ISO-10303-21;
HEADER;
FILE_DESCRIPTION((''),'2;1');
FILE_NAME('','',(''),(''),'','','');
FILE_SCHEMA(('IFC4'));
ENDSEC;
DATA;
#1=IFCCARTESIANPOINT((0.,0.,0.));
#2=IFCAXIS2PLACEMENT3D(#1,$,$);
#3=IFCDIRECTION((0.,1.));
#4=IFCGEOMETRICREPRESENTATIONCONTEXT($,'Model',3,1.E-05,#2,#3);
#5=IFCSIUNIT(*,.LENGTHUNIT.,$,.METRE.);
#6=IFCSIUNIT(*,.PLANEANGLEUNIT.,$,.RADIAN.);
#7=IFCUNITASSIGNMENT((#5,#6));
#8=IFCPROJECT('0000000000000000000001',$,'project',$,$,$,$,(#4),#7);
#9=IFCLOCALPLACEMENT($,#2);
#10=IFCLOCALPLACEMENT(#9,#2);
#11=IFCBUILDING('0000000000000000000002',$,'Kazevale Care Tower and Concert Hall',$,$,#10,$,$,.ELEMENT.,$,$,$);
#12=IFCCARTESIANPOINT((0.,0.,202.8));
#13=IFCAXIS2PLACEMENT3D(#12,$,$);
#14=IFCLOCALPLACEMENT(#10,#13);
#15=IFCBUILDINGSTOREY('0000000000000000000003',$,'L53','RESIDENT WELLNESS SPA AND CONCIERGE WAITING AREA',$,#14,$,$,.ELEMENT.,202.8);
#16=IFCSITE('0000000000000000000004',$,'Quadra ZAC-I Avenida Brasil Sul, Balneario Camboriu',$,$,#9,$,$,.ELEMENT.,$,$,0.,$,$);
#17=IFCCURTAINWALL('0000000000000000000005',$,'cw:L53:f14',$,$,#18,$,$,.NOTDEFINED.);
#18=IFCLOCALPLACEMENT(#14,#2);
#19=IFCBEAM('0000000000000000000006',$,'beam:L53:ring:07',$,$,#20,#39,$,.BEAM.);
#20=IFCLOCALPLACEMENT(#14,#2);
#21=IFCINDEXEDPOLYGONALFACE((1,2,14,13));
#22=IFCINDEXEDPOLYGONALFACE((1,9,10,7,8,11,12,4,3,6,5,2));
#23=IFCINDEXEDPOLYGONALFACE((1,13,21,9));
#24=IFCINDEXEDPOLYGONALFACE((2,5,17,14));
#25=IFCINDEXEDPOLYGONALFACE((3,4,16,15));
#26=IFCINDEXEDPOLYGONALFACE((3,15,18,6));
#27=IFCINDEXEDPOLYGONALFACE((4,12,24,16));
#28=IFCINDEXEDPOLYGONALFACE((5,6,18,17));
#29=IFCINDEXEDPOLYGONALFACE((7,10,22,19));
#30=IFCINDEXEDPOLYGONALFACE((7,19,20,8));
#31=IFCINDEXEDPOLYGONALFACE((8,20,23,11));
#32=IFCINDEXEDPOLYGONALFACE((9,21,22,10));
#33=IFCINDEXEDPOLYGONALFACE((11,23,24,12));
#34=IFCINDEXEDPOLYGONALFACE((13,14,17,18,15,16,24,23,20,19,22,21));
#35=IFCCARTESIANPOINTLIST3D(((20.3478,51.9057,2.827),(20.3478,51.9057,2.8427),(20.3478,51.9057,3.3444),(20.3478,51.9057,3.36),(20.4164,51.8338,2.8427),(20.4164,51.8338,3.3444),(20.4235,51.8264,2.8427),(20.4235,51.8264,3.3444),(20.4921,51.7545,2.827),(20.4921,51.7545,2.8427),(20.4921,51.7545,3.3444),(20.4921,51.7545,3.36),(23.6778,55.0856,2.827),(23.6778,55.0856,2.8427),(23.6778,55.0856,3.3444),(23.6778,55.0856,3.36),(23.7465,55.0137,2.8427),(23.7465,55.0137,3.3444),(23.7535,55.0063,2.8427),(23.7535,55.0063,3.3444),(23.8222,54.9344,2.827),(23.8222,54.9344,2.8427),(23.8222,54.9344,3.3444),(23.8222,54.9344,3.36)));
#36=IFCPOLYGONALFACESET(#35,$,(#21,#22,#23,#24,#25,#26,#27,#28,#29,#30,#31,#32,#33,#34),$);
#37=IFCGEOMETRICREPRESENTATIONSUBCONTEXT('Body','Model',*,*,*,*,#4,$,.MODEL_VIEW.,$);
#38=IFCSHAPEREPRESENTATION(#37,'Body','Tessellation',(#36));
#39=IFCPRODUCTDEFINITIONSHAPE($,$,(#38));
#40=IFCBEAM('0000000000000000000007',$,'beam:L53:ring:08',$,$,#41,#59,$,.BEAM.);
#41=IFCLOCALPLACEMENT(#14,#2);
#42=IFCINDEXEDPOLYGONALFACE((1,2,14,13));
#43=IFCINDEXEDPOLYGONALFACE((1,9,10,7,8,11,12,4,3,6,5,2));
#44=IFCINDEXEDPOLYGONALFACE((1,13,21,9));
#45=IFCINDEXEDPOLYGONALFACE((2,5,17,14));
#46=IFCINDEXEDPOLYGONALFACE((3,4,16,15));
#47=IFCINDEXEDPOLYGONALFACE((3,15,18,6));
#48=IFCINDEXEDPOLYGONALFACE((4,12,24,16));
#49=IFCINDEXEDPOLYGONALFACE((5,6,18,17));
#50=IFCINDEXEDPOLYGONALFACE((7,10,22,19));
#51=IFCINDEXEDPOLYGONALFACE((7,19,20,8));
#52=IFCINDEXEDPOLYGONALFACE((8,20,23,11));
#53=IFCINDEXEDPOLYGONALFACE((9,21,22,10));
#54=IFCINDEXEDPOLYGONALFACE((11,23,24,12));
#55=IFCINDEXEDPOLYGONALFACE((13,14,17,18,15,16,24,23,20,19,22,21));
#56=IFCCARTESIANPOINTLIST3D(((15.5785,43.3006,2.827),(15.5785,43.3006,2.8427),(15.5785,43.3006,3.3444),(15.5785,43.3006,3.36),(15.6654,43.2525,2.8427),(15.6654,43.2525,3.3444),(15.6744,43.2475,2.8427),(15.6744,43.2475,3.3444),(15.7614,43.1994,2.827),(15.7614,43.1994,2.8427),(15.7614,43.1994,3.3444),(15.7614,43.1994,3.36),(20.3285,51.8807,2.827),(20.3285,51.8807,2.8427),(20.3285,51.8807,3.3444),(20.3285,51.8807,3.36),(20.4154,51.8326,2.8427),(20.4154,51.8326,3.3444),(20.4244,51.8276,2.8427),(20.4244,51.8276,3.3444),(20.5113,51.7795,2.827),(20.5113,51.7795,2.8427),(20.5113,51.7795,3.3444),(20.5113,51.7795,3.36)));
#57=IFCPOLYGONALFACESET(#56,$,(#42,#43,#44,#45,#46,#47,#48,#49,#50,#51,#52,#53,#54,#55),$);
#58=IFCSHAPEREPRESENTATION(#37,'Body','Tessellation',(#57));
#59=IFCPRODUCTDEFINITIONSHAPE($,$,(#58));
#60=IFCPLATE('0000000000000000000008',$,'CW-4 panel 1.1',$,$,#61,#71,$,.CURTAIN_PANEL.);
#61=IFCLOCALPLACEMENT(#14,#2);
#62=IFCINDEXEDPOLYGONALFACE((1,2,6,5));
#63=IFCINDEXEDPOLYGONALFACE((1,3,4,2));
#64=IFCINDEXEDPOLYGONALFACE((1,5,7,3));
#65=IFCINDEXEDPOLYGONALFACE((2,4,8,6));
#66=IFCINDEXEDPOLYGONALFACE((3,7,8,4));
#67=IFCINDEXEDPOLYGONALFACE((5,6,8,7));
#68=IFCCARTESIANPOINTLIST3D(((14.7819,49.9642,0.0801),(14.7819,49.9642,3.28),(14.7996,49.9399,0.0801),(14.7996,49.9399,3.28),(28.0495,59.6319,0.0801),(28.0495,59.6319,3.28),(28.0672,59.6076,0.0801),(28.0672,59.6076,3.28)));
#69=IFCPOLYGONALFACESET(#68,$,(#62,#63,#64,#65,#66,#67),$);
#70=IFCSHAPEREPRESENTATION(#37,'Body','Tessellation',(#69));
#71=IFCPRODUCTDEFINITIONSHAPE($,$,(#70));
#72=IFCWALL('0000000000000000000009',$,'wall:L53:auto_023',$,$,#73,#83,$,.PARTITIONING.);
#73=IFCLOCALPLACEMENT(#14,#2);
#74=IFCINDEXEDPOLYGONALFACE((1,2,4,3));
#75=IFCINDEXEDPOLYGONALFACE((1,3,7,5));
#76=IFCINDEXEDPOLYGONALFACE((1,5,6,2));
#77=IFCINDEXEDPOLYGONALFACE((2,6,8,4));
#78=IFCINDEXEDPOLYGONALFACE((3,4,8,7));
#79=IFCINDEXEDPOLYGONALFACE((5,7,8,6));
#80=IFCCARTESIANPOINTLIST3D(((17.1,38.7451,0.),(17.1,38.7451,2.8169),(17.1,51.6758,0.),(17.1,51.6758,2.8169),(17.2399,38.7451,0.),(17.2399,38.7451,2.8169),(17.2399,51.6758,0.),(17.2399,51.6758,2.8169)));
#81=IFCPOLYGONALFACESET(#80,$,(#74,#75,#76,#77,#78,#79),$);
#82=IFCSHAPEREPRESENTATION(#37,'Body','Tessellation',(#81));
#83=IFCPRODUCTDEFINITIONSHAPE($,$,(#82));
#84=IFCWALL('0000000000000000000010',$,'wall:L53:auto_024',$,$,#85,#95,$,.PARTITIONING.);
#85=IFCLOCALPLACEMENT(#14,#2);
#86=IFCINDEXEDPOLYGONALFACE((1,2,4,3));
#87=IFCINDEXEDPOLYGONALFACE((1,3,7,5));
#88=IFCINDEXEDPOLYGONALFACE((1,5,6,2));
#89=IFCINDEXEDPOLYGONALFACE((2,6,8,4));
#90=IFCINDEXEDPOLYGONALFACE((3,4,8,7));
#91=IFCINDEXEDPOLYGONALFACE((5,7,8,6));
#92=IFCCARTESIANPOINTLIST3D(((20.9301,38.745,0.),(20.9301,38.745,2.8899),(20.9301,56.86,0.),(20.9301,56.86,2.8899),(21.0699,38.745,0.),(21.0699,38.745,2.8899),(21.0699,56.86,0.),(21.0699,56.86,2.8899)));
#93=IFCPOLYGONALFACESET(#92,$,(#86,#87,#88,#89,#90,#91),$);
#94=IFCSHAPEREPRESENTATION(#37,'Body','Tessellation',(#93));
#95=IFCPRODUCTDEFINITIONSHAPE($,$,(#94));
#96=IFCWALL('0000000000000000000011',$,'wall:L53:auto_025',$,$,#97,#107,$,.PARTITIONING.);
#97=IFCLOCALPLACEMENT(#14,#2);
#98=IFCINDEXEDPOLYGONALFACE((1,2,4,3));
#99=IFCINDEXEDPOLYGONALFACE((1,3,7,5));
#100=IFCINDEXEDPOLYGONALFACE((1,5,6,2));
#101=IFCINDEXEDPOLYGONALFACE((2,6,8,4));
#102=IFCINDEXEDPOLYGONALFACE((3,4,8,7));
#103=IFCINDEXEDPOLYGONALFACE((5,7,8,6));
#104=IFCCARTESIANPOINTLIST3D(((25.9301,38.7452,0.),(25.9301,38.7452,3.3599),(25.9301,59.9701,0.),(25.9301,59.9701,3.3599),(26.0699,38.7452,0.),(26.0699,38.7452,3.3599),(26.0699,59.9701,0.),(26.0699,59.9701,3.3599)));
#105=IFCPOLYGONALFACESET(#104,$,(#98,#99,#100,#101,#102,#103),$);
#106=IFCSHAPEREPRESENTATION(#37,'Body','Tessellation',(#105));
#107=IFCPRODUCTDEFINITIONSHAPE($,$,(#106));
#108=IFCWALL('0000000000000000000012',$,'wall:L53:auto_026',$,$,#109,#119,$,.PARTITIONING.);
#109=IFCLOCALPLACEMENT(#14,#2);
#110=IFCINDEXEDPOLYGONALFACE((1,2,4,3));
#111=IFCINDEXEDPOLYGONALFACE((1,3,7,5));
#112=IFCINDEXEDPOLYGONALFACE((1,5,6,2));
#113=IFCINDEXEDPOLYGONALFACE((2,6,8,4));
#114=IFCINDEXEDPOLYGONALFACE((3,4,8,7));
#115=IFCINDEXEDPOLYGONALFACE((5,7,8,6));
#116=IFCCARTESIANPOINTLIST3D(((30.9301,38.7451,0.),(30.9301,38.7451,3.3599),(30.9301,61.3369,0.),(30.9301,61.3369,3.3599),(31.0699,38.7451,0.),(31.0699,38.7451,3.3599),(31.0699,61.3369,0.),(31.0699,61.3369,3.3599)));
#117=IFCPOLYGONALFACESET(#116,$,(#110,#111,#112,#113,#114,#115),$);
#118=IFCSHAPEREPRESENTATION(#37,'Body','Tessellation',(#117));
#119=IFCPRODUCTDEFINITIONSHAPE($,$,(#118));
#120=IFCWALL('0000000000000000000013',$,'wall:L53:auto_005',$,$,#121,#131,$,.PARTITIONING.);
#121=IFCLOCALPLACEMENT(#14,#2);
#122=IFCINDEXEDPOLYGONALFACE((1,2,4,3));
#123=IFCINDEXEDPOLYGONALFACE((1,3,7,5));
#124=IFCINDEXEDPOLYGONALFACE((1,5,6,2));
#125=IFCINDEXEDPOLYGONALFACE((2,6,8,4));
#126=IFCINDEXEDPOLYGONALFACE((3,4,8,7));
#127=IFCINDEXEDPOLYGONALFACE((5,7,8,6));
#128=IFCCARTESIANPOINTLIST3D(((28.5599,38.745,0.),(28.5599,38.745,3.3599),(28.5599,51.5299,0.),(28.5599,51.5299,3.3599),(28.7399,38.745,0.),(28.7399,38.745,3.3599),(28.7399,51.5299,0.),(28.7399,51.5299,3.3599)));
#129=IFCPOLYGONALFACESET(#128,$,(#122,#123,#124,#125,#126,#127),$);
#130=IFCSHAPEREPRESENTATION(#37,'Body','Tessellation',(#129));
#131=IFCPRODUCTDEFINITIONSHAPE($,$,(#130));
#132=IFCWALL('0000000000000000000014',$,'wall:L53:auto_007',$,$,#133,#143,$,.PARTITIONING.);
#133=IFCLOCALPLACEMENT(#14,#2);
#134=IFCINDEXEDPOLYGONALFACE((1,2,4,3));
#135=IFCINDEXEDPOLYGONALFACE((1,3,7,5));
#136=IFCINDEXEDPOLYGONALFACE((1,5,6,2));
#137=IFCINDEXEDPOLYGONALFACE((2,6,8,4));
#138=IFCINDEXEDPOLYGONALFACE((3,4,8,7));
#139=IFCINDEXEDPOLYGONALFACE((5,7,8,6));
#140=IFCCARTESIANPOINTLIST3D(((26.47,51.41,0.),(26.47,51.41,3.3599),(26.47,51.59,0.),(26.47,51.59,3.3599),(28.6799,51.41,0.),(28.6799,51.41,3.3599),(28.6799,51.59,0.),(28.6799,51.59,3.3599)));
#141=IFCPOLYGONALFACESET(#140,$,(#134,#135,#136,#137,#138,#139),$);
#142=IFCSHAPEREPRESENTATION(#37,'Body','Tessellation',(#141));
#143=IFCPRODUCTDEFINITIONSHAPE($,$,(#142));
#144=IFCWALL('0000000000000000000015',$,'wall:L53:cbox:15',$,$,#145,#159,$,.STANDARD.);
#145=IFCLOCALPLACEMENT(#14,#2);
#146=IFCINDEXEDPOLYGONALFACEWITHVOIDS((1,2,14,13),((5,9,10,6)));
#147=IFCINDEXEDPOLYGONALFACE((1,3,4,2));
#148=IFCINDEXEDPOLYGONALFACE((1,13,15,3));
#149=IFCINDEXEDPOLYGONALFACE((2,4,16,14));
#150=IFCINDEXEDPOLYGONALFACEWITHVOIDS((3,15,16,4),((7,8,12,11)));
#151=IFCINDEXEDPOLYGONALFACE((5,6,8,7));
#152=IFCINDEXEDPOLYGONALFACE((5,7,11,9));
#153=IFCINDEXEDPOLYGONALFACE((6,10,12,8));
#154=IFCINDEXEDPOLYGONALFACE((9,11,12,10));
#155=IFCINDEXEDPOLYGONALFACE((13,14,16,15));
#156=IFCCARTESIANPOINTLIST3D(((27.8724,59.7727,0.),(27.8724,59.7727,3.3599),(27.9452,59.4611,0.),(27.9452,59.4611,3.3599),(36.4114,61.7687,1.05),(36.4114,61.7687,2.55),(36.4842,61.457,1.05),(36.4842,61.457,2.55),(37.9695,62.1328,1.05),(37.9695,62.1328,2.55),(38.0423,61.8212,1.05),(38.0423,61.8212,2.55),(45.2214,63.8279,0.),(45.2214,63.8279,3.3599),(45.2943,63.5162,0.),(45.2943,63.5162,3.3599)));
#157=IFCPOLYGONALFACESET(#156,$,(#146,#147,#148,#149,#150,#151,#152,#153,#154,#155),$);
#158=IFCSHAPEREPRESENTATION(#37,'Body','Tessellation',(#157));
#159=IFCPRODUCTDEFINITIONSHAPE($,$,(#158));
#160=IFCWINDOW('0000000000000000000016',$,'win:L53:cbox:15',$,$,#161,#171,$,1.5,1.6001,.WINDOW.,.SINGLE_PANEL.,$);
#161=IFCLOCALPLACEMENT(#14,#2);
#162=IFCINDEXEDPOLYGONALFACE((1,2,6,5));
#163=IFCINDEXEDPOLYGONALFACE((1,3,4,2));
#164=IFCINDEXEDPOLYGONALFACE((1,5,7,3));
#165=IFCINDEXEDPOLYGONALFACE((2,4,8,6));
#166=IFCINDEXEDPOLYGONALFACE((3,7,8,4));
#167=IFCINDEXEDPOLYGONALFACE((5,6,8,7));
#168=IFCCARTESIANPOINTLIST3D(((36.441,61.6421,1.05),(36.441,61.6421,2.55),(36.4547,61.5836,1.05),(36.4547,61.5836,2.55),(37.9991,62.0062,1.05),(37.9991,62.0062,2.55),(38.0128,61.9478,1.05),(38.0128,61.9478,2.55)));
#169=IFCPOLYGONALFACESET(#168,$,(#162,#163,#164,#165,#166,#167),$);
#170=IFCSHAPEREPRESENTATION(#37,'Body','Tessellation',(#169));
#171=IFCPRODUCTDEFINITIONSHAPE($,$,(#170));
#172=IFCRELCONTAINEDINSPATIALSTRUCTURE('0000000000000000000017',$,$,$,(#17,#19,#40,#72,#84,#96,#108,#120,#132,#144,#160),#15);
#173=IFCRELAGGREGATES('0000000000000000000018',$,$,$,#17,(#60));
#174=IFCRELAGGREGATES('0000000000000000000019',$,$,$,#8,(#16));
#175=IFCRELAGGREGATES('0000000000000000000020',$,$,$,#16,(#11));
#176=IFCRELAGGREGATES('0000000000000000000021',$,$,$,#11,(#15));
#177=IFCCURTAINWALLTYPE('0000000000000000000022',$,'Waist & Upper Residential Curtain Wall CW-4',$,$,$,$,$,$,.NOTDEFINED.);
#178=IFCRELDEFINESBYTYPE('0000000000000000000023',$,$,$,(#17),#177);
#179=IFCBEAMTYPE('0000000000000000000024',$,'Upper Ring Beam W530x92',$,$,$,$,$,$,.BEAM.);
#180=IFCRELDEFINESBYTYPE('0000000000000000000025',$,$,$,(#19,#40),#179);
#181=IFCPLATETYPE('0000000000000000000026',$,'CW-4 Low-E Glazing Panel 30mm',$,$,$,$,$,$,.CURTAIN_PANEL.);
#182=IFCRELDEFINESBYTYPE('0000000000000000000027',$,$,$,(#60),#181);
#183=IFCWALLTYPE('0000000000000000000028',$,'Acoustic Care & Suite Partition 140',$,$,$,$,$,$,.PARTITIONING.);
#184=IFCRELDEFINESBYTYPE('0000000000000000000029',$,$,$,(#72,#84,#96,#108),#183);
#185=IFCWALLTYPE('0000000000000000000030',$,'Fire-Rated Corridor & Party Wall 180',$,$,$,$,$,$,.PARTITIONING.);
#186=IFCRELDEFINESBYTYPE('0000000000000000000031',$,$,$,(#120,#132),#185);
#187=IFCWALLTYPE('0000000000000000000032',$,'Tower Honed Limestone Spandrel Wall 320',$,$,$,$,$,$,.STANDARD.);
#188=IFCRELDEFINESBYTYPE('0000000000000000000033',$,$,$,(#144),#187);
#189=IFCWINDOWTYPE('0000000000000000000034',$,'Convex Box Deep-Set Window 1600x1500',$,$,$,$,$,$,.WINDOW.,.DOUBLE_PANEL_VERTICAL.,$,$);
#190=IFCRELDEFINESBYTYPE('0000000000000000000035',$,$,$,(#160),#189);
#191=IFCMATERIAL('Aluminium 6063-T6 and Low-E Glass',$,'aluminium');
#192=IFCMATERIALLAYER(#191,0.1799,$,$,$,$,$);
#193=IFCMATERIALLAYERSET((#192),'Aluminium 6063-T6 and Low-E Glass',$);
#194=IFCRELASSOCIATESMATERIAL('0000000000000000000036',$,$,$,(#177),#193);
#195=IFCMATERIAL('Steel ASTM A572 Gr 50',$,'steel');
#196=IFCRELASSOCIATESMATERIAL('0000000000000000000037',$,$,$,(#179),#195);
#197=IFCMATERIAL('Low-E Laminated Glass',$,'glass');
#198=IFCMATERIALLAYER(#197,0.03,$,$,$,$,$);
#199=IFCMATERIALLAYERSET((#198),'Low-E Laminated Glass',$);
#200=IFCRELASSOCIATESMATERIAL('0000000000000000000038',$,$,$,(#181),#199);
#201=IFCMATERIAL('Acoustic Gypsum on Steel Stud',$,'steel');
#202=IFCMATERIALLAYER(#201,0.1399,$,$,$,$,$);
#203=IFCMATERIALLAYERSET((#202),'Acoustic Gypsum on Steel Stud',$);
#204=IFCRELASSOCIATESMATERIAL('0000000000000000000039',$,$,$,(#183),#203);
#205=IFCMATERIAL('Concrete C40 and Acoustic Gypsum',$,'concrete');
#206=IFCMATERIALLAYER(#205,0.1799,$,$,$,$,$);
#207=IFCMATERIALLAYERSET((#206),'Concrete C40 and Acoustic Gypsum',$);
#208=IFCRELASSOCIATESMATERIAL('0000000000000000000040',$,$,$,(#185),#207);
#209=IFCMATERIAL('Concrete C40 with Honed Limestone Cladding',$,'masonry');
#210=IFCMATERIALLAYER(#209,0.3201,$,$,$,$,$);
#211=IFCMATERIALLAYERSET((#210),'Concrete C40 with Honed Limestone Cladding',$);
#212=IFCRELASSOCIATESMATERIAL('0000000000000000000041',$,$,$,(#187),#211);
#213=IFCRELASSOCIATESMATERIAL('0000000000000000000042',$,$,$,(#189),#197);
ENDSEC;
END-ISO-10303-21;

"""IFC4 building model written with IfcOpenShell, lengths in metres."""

from ifc_helpers import new_model, si_unit, direction, frame, frame_2d, origin, origin_2d, place, context, subcontext, project, spatial, rectangle, i_section, extrude, material, layer, layer_set, material_profile, profile_set, type_object, element, fill, aggregate, save


model = new_model("IFC4")

# Units and contexts
model_context = context("Model", 3, precision=1e-05, world=origin(), true_north=direction((0.0, 1.0)))
body_context = subcontext(model_context, "Body", "Model", "MODEL_VIEW")
ifc_project = project(units=[si_unit("LENGTHUNIT", "METRE"), si_unit("PLANEANGLEUNIT", "RADIAN")], contexts=[model_context])

# Site, building, storey
site_placement = place(None, origin())
site = spatial("IfcSite", under=ifc_project, at=site_placement, Name="Quadra ZAC-I Avenida Brasil Sul, Balneario Camboriu", CompositionType="ELEMENT", RefElevation=0.0)
building_placement = place(site_placement, origin())
building = spatial("IfcBuilding", under=site, at=building_placement, Name="Kazevale Care Tower and Concert Hall", CompositionType="ELEMENT")
storey_placement = place(building_placement, frame((0.0, 0.0, 202.8)))
storey = spatial("IfcBuildingStorey", under=building, at=storey_placement, Name="L53", Description="RESIDENT WELLNESS SPA AND CONCIERGE WAITING AREA", CompositionType="ELEMENT", Elevation=202.8)

# Curtain wall
ifc_material_1 = material(Name="Aluminium 6063-T6 and Low-E Glass", Category="aluminium")
ifc_layer_1 = layer(ifc_material_1, 0.1799)
ifc_layer_set_1 = layer_set([ifc_layer_1], Name="Aluminium 6063-T6 and Low-E Glass")
curtain_wall_type = type_object("IfcCurtainWallType", Name="Waist & Upper Residential Curtain Wall CW-4", PredefinedType="NOTDEFINED", material=ifc_layer_set_1)
curtain_wall_placement = place(storey_placement, origin())
curtain_wall = element("IfcCurtainWall", 1, at=curtain_wall_placement, inside=storey, type_object=curtain_wall_type, Name="cw:L53:f14", PredefinedType="NOTDEFINED")

# Beams
ifc_material_2 = material(Name="Steel ASTM A572 Gr 50", Category="steel")
ifc_material_profile_1 = material_profile(ifc_material_2, i_section(OverallWidth=0.209, OverallDepth=0.533, WebThickness=0.0103, FlangeThickness=0.0156, at=origin_2d()), Name="W530x92")
ifc_profile_set_1 = profile_set([ifc_material_profile_1], Name="Steel ASTM A572 Gr 50")
beam_type = type_object("IfcBeamType", Name="Upper Ring Beam W530x92", PredefinedType="BEAM", material=ifc_profile_set_1)
beam_1_placement = place(storey_placement, frame((23.75, 55.01, 3.0935), z_axis=(-0.723223, -0.690614, 0.0), x_axis=(0.690614, -0.723223, 0.0)))
element("IfcBeam", 2, at=beam_1_placement, inside=storey, type_object=beam_type, Name="beam:L53:ring:07", PredefinedType="BEAM", context=body_context, shape_type="SweptSolid", body=[
    extrude(i_section(OverallWidth=0.209, OverallDepth=0.533, WebThickness=0.0103, FlangeThickness=0.0156, at=origin_2d()), origin(), (0.0, 0.0, 1.0), 4.6045),
])
beam_2_placement = place(storey_placement, frame((20.4199, 51.8301, 3.0935), z_axis=(-0.48434, -0.87488, 0.0), x_axis=(0.87488, -0.48434, 0.0)))
element("IfcBeam", 3, at=beam_2_placement, inside=storey, type_object=beam_type, Name="beam:L53:ring:08", PredefinedType="BEAM", context=body_context, shape_type="SweptSolid", body=[
    extrude(i_section(OverallWidth=0.209, OverallDepth=0.533, WebThickness=0.0103, FlangeThickness=0.0156, at=origin_2d()), origin(), (0.0, 0.0, 1.0), 9.8071),
])

# Plate
ifc_material_3 = material(Name="Low-E Laminated Glass", Category="glass")
ifc_layer_2 = layer(ifc_material_3, 0.03)
ifc_layer_set_2 = layer_set([ifc_layer_2], Name="Low-E Laminated Glass")
plate_type = type_object("IfcPlateType", Name="CW-4 Low-E Glazing Panel 30mm", PredefinedType="CURTAIN_PANEL", material=ifc_layer_set_2)
plate_placement = place(storey_placement, frame((21.4246, 54.7859, 0.0801), z_axis=(0.0, 0.0, 1.0), x_axis=(0.808198, 0.58891, 0.0)))
plate = element("IfcPlate", 4, at=plate_placement, type_object=plate_type, Name="CW-4 panel 1.1", PredefinedType="CURTAIN_PANEL", context=body_context, shape_type="SweptSolid", body=[
    extrude(rectangle(XDim=16.4163, YDim=0.03, at=origin_2d()), origin(), (0.0, 0.0, 1.0), 3.2),
])
aggregate(curtain_wall, [plate])

# Walls
ifc_material_4 = material(Name="Acoustic Gypsum on Steel Stud", Category="steel")
ifc_layer_3 = layer(ifc_material_4, 0.1399)
ifc_layer_set_3 = layer_set([ifc_layer_3], Name="Acoustic Gypsum on Steel Stud")
wall_type_1 = type_object("IfcWallType", Name="Acoustic Care & Suite Partition 140", PredefinedType="PARTITIONING", material=ifc_layer_set_3)
wall_1_placement = place(storey_placement, frame((17.1699, 51.6758, 0.0), z_axis=(0.0, 0.0, 1.0), x_axis=(0.0, -1.0, 0.0)))
element("IfcWall", 5, at=wall_1_placement, inside=storey, type_object=wall_type_1, Name="wall:L53:auto_023", PredefinedType="PARTITIONING", context=body_context, shape_type="SweptSolid", body=[
    extrude(rectangle(XDim=12.9307, YDim=0.1399, at=frame_2d((6.4653, 0.0))), origin(), (0.0, 0.0, 1.0), 2.8169),
])
wall_2_placement = place(storey_placement, frame((21.0, 56.8601, 0.0), z_axis=(0.0, 0.0, 1.0), x_axis=(0.0, -1.0, 0.0)))
element("IfcWall", 6, at=wall_2_placement, inside=storey, type_object=wall_type_1, Name="wall:L53:auto_024", PredefinedType="PARTITIONING", context=body_context, shape_type="SweptSolid", body=[
    extrude(rectangle(XDim=18.115, YDim=0.1399, at=frame_2d((9.0576, 0.0))), origin(), (0.0, 0.0, 1.0), 2.8899),
])
wall_3_placement = place(storey_placement, frame((26.0, 59.97, 0.0), z_axis=(0.0, 0.0, 1.0), x_axis=(0.0, -1.0, 0.0)))
element("IfcWall", 7, at=wall_3_placement, inside=storey, type_object=wall_type_1, Name="wall:L53:auto_025", PredefinedType="PARTITIONING", context=body_context, shape_type="SweptSolid", body=[
    extrude(rectangle(XDim=21.2249, YDim=0.1399, at=frame_2d((10.6123, 0.0))), origin(), (0.0, 0.0, 1.0), 3.3599),
])
wall_4_placement = place(storey_placement, frame((31.0, 61.3369, 0.0), z_axis=(0.0, 0.0, 1.0), x_axis=(0.0, -1.0, 0.0)))
element("IfcWall", 8, at=wall_4_placement, inside=storey, type_object=wall_type_1, Name="wall:L53:auto_026", PredefinedType="PARTITIONING", context=body_context, shape_type="SweptSolid", body=[
    extrude(rectangle(XDim=22.5918, YDim=0.1399, at=frame_2d((11.2959, 0.0))), origin(), (0.0, 0.0, 1.0), 3.3599),
])
ifc_material_5 = material(Name="Concrete C40 and Acoustic Gypsum", Category="concrete")
ifc_layer_4 = layer(ifc_material_5, 0.1799)
ifc_layer_set_4 = layer_set([ifc_layer_4], Name="Concrete C40 and Acoustic Gypsum")
wall_type_2 = type_object("IfcWallType", Name="Fire-Rated Corridor & Party Wall 180", PredefinedType="PARTITIONING", material=ifc_layer_set_4)
wall_5_placement = place(storey_placement, frame((28.6499, 51.53, 0.0), z_axis=(0.0, 0.0, 1.0), x_axis=(0.0, -1.0, 0.0)))
element("IfcWall", 9, at=wall_5_placement, inside=storey, type_object=wall_type_2, Name="wall:L53:auto_005", PredefinedType="PARTITIONING", context=body_context, shape_type="SweptSolid", body=[
    extrude(rectangle(XDim=12.7849, YDim=0.1799, at=frame_2d((6.3926, 0.0))), origin(), (0.0, 0.0, 1.0), 3.3599),
])
wall_6_placement = place(storey_placement, frame((26.47, 51.5, 0.0), z_axis=(0.0, 0.0, 1.0), x_axis=(1.0, 0.0, 0.0)))
element("IfcWall", 10, at=wall_6_placement, inside=storey, type_object=wall_type_2, Name="wall:L53:auto_007", PredefinedType="PARTITIONING", context=body_context, shape_type="SweptSolid", body=[
    extrude(rectangle(XDim=2.21, YDim=0.1799, at=frame_2d((1.105, 0.0))), origin(), (0.0, 0.0, 1.0), 3.3599),
])

# Wall, opening, window
ifc_material_6 = material(Name="Concrete C40 with Honed Limestone Cladding", Category="masonry")
ifc_layer_5 = layer(ifc_material_6, 0.3201)
ifc_layer_set_5 = layer_set([ifc_layer_5], Name="Concrete C40 with Honed Limestone Cladding")
wall_type_3 = type_object("IfcWallType", Name="Tower Honed Limestone Spandrel Wall 320", PredefinedType="STANDARD", material=ifc_layer_set_5)
wall_7_placement = place(storey_placement, frame((27.9089, 59.6169, 0.0), z_axis=(0.0, 0.0, 1.0), x_axis=(0.973754, 0.227605, 0.0)))
wall_7 = element("IfcWall", 11, at=wall_7_placement, inside=storey, type_object=wall_type_3, Name="wall:L53:cbox:15", PredefinedType="STANDARD", context=body_context, shape_type="SweptSolid", body=[
    extrude(rectangle(XDim=17.8167, YDim=0.3201, at=frame_2d((8.9082, 0.0))), origin(), (0.0, 0.0, 1.0), 3.3599),
])
opening_placement = place(wall_7_placement, frame((8.769, 0.0, 1.05)))
opening = element("IfcOpeningElement", 12, at=opening_placement, cuts=wall_7, PredefinedType="OPENING", context=body_context, shape_type="SweptSolid", body=[
    extrude(rectangle(XDim=1.6001, YDim=1.5, at=frame_2d((0.8, 0.75))), frame((0.0, 0.1699, 0.0), z_axis=(0.0, -1.0, 0.0), x_axis=(1.0, 0.0, 0.0)), (0.0, 0.0, 1.0), 0.3401),
])
window_type = type_object("IfcWindowType", Name="Convex Box Deep-Set Window 1600x1500", PartitioningType="DOUBLE_PANEL_VERTICAL", PredefinedType="WINDOW", material=ifc_material_3)
window_placement = place(opening_placement, origin())
window = element("IfcWindow", 13, at=window_placement, inside=storey, type_object=window_type, Name="win:L53:cbox:15", OverallHeight=1.5, OverallWidth=1.6001, PartitioningType="SINGLE_PANEL", PredefinedType="WINDOW", context=body_context, shape_type="SweptSolid", body=[
    extrude(rectangle(XDim=1.6001, YDim=1.5, at=frame_2d((0.8, 0.75))), frame((0.0, 0.03, 0.0), z_axis=(0.0, -1.0, 0.0), x_axis=(1.0, 0.0, 0.0)), (0.0, 0.0, 1.0), 0.0601),
])
fill(opening, window)

save(model, "model.ifc")
